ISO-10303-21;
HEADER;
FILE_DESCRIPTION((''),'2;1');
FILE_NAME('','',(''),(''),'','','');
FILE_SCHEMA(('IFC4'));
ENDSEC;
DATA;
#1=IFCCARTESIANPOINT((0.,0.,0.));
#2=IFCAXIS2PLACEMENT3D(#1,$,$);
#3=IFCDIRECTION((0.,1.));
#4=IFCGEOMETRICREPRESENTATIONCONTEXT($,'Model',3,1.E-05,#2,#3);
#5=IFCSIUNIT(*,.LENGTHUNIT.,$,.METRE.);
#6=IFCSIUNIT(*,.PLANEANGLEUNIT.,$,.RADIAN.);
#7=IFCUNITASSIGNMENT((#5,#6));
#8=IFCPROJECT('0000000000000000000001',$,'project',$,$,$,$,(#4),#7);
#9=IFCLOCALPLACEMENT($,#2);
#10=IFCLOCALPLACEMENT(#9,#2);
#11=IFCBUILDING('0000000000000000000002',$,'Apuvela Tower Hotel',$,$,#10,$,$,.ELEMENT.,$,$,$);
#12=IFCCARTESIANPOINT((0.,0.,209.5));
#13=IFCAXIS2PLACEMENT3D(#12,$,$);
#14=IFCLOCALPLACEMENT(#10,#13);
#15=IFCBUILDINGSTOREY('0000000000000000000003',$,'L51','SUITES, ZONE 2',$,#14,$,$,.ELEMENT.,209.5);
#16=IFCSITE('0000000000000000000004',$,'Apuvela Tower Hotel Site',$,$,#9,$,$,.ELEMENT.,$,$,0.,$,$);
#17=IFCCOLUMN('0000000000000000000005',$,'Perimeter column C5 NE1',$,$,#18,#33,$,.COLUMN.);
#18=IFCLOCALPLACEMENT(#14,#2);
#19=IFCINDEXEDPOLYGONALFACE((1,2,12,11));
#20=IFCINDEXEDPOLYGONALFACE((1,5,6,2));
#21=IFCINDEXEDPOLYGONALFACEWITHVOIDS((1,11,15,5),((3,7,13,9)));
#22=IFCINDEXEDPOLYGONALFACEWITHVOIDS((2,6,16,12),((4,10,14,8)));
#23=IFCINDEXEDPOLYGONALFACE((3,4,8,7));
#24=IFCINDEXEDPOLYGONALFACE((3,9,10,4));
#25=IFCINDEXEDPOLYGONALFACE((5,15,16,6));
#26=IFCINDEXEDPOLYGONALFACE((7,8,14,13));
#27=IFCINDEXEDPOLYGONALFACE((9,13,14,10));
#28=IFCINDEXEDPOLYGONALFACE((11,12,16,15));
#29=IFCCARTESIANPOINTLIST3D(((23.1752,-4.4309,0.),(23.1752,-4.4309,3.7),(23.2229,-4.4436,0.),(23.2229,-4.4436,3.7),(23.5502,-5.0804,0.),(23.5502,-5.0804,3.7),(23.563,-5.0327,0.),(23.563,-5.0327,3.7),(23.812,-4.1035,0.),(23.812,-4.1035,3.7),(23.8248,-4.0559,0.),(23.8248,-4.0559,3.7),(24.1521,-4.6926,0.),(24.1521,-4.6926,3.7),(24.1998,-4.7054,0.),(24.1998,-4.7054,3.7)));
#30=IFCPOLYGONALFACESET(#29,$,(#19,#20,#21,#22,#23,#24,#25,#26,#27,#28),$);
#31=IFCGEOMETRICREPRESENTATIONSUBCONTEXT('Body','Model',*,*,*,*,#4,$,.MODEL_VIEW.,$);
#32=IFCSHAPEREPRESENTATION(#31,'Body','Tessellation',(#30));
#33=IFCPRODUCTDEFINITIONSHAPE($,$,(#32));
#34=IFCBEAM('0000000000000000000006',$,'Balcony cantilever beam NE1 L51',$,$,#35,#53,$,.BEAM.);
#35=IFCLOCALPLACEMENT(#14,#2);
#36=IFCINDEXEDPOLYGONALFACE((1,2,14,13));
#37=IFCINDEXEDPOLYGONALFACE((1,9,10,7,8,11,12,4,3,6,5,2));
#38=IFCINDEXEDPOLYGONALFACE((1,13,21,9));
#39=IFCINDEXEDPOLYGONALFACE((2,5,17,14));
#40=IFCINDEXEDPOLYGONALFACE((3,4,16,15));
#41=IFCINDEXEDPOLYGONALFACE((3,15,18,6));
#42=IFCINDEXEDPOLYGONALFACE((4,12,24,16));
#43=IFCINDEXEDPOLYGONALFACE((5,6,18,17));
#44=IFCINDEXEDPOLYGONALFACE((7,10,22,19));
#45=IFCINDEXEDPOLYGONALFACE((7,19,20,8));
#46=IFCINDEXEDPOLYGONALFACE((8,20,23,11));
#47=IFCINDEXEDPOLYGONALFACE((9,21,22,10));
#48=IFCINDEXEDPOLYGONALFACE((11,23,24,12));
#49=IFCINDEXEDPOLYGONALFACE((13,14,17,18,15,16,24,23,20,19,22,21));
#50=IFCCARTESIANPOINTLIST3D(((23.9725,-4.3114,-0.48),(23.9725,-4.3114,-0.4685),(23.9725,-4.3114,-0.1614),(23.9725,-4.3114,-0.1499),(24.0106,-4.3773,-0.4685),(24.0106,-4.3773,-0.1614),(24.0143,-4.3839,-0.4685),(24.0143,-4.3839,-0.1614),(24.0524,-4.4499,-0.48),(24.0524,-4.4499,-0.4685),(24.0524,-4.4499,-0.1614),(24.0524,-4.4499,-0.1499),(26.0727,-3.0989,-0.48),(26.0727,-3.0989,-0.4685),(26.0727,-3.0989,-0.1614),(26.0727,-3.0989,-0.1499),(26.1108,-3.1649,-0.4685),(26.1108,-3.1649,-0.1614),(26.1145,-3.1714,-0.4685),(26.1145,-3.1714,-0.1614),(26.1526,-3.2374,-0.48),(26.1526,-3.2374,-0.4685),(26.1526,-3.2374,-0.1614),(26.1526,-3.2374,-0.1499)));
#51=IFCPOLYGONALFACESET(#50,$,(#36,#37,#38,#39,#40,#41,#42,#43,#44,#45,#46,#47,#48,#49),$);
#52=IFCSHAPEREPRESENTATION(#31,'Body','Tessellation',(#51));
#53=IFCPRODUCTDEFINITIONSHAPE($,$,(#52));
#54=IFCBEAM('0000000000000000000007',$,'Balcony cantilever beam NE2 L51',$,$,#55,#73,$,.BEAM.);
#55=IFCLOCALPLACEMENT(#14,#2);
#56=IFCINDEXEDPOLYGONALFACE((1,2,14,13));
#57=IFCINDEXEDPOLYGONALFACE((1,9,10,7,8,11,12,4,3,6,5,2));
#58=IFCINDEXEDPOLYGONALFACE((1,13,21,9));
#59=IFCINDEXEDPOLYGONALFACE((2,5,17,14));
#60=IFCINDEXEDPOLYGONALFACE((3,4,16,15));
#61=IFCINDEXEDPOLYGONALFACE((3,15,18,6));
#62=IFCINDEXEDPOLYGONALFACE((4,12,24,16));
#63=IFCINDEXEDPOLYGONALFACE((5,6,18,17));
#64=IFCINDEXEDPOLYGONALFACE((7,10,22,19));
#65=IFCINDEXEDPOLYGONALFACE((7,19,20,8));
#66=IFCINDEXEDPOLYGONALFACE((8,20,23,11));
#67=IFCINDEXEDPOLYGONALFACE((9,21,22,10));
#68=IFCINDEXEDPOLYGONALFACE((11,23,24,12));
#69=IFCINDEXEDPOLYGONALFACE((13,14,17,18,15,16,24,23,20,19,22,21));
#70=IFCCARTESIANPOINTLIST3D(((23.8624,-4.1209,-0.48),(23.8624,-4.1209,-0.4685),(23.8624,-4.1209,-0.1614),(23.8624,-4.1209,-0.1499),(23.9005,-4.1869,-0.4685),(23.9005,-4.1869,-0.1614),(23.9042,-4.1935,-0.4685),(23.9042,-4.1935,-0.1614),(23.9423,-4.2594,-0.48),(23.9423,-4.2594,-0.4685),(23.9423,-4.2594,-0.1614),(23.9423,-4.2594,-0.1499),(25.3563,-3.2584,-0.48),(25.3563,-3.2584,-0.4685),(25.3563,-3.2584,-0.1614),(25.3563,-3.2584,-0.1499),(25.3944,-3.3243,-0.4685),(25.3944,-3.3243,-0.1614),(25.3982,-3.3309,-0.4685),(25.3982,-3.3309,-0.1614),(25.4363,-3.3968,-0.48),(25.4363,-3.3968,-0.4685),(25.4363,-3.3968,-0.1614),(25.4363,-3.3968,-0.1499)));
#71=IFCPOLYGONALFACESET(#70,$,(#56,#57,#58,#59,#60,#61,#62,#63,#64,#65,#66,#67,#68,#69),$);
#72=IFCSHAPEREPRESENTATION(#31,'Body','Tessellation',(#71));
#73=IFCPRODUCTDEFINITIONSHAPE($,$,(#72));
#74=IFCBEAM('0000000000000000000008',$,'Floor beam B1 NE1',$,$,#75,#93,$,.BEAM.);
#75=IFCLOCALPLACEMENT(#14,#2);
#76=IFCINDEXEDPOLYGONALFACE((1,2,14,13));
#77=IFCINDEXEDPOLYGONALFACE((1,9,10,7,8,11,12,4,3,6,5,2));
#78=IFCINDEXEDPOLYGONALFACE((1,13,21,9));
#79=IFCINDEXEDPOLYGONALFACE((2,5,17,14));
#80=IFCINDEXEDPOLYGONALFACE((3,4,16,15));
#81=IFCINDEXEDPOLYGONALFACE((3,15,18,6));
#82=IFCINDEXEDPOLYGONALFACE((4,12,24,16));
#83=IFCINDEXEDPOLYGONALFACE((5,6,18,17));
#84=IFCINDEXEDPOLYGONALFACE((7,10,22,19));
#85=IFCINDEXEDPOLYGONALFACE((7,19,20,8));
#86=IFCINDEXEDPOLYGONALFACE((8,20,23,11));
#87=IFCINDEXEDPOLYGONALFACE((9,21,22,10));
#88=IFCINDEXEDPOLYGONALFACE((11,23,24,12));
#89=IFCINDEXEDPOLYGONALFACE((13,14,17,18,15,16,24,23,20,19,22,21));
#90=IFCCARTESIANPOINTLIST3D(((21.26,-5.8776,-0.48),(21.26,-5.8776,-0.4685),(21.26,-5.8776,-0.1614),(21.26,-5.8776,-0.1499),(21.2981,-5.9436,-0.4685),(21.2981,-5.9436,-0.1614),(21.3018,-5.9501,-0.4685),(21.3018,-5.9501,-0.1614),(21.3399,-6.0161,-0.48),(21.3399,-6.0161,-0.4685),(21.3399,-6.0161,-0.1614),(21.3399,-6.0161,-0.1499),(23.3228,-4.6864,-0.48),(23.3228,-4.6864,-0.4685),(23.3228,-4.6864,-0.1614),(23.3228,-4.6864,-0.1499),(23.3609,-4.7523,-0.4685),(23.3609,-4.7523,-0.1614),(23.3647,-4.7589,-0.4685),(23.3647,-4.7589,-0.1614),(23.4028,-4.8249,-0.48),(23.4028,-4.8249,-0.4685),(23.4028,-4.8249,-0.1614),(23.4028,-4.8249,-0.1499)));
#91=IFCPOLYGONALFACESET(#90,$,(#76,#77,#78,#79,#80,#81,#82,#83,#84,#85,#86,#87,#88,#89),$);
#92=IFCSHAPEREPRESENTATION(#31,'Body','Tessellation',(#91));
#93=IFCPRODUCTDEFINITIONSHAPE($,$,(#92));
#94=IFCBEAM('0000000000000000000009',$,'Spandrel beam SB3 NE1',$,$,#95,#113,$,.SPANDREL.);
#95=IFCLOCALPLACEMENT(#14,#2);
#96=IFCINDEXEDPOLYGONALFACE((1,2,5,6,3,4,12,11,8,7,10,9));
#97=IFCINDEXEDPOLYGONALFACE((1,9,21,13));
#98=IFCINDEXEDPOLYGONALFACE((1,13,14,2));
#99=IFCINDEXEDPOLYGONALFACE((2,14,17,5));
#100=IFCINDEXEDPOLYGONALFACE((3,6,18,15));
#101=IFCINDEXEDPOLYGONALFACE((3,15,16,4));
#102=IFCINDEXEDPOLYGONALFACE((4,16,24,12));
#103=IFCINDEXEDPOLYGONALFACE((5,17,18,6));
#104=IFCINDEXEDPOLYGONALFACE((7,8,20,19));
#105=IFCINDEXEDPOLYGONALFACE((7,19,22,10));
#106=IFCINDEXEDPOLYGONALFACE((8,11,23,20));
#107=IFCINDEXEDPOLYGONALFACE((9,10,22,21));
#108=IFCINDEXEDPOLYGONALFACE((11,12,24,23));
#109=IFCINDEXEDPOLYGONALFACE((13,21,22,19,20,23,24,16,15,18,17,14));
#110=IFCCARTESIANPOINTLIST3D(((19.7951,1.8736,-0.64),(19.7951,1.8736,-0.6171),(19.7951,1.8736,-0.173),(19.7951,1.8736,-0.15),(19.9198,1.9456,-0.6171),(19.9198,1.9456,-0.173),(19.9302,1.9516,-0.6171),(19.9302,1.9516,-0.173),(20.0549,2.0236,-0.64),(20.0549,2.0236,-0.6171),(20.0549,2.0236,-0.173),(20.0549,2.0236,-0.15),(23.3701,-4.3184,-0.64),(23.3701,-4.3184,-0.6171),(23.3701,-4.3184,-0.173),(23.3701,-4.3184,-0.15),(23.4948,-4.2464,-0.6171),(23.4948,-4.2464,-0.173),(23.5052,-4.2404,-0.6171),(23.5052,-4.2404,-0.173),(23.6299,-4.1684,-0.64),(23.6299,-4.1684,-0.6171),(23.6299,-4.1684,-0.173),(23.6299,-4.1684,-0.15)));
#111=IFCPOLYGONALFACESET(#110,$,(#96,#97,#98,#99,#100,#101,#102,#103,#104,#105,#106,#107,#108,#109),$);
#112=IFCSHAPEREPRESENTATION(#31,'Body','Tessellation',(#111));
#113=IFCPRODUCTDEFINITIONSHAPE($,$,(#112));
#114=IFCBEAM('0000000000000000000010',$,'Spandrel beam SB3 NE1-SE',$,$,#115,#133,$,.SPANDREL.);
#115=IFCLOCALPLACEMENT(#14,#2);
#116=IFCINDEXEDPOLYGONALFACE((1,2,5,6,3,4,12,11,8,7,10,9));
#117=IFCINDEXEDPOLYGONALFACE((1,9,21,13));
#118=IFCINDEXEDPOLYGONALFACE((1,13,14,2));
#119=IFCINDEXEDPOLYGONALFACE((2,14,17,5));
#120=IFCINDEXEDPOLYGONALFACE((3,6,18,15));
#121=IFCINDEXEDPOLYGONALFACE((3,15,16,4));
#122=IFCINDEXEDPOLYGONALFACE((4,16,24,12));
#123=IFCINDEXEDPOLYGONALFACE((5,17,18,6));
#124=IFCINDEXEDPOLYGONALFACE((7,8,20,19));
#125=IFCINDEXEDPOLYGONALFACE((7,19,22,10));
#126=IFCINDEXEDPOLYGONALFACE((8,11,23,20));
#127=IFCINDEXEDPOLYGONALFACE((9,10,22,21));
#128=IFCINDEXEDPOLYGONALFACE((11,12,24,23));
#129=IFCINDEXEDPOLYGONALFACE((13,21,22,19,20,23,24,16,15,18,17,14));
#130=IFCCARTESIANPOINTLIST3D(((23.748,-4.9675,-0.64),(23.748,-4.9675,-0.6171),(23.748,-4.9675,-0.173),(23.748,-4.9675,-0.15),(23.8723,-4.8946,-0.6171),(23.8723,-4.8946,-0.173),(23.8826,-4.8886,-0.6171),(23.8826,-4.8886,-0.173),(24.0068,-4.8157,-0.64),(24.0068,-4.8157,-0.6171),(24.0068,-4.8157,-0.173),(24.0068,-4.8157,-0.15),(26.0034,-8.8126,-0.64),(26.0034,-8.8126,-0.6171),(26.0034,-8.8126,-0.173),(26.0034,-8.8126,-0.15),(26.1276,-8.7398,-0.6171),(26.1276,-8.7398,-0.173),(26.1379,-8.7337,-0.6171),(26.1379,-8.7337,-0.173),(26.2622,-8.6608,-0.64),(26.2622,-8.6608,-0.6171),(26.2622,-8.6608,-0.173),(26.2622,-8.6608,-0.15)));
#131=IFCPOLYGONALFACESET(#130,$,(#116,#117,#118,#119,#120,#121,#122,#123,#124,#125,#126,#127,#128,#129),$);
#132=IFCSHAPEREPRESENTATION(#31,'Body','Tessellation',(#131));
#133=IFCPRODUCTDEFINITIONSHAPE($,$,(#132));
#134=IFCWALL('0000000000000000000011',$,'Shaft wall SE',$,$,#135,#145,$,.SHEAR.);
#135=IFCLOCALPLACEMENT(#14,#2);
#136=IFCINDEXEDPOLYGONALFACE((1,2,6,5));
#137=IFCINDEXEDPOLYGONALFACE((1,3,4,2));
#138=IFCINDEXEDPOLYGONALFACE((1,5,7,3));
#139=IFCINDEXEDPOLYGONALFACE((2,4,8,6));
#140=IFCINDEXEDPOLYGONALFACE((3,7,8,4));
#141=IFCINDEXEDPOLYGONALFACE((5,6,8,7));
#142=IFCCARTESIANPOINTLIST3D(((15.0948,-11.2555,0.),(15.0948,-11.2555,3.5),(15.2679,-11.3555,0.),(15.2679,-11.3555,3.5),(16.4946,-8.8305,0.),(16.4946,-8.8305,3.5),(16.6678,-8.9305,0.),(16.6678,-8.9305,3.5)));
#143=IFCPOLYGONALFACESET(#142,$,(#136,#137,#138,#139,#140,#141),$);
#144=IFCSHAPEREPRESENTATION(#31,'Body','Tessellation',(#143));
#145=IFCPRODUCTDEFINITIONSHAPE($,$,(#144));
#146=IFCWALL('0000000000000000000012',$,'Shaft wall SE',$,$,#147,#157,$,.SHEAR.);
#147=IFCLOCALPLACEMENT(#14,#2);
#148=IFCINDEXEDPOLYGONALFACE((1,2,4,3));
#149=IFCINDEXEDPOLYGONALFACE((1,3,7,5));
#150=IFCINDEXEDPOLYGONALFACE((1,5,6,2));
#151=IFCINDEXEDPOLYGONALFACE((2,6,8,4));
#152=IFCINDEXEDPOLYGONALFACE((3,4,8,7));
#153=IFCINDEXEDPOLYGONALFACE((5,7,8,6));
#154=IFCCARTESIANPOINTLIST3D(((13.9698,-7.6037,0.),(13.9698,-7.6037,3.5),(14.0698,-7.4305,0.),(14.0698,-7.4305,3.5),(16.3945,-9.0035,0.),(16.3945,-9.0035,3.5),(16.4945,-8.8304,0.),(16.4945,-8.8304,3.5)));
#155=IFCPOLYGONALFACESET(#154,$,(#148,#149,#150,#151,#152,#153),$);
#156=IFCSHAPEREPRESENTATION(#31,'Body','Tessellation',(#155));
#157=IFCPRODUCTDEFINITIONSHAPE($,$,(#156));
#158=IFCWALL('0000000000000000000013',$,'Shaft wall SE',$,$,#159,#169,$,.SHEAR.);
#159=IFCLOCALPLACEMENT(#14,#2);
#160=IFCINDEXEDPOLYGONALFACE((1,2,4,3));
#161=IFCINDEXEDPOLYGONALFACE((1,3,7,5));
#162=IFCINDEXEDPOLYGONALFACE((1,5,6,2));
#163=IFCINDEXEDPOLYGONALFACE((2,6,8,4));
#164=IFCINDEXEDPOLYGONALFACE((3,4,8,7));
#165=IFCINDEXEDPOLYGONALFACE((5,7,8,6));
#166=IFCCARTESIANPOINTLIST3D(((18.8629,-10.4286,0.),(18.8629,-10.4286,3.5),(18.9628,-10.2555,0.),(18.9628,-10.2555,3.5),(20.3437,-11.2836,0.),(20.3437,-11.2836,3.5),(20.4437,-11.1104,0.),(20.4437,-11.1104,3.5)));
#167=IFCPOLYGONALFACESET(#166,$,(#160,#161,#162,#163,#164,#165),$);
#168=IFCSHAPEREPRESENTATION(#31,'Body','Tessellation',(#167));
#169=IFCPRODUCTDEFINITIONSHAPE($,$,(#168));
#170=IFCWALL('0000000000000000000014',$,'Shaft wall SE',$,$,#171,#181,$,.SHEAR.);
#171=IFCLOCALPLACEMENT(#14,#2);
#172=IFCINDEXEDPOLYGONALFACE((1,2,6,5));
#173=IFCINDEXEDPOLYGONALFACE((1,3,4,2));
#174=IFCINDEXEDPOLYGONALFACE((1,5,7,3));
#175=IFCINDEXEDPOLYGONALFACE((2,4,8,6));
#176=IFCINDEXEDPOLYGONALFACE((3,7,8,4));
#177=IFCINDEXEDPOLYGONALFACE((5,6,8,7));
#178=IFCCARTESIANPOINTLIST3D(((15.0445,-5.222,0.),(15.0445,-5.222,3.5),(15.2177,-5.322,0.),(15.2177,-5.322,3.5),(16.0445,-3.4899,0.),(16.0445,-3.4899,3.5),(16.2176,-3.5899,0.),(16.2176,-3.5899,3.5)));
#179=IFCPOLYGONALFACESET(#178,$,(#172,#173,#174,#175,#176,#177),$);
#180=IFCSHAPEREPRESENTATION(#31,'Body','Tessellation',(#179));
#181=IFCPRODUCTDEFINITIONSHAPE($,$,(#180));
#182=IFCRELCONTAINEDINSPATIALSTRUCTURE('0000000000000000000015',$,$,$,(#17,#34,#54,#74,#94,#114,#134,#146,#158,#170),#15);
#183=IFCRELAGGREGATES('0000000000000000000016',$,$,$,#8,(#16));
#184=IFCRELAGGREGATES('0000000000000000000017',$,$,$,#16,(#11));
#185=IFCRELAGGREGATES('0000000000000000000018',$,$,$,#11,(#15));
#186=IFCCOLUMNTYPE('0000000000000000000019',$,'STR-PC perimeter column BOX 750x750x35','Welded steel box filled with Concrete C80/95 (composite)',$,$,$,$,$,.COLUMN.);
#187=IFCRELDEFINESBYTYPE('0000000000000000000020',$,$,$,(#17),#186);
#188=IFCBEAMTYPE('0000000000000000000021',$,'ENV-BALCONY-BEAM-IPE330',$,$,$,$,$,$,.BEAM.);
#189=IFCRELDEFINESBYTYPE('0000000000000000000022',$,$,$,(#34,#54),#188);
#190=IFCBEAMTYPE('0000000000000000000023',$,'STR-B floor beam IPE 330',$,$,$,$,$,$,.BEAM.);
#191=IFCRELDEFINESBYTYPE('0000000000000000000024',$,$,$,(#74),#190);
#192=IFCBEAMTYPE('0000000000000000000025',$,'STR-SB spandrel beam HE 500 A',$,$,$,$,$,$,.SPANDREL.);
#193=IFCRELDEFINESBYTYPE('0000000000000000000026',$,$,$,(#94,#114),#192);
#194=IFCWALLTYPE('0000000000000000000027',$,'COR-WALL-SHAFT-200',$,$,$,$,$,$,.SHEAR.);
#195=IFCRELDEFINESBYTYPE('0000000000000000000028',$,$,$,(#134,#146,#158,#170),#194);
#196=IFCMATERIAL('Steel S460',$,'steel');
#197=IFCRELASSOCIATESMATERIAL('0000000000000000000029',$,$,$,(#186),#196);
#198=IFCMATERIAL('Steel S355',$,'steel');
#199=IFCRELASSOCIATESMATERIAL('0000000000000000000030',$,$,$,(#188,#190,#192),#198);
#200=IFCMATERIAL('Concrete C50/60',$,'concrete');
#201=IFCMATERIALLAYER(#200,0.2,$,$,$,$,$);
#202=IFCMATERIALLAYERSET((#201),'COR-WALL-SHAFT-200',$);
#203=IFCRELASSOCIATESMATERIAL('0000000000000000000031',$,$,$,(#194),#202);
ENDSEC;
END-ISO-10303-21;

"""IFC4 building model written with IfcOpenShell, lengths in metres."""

from ifc_helpers import new_model, si_unit, direction, frame, frame_2d, origin, origin_2d, place, context, subcontext, project, spatial, rectangle, hollow_rectangle, i_section, extrude, material, layer, layer_set, material_profile, profile_set, type_object, element, save


model = new_model("IFC4")

# Units and contexts
model_context = context("Model", 3, precision=1e-05, world=origin(), true_north=direction((0.0, 1.0)))
body_context = subcontext(model_context, "Body", "Model", "MODEL_VIEW")
ifc_project = project(units=[si_unit("LENGTHUNIT", "METRE"), si_unit("PLANEANGLEUNIT", "RADIAN")], contexts=[model_context])

# Site, building, storey
site_placement = place(None, origin())
site = spatial("IfcSite", under=ifc_project, at=site_placement, Name="Apuvela Tower Hotel Site", CompositionType="ELEMENT", RefElevation=0.0)
building_placement = place(site_placement, origin())
building = spatial("IfcBuilding", under=site, at=building_placement, Name="Apuvela Tower Hotel", CompositionType="ELEMENT")
storey_placement = place(building_placement, frame((0.0, 0.0, 209.5)))
storey = spatial("IfcBuildingStorey", under=building, at=storey_placement, Name="L51", Description="SUITES, ZONE 2", CompositionType="ELEMENT", Elevation=209.5)

# Column
ifc_material_1 = material(Name="Steel S460", Category="steel")
ifc_material_profile_1 = material_profile(ifc_material_1, hollow_rectangle(XDim=0.75, YDim=0.75, WallThickness=0.0349, at=origin_2d()), Name="BOX 750x750x35")
ifc_material_2 = material(Name="Concrete C80/95", Category="concrete")
ifc_material_profile_2 = material_profile(ifc_material_2, rectangle(XDim=0.6799, YDim=0.6799, at=origin_2d()), Name="Concrete C80/95 infill")
ifc_profile_set_1 = profile_set([ifc_material_profile_1, ifc_material_profile_2], Name="Steel S460")
column_type = type_object("IfcColumnType", Name="STR-PC perimeter column BOX 750x750x35", Description="Welded steel box filled with Concrete C80/95 (composite)", PredefinedType="COLUMN", material=ifc_profile_set_1)
column_placement = place(storey_placement, frame((23.6875, -4.5681, 0.0), z_axis=(0.0, 0.0, 1.0), x_axis=(-0.5, 0.866025, 0.0)))
element("IfcColumn", 1, at=column_placement, inside=storey, type_object=column_type, Name="Perimeter column C5 NE1", PredefinedType="COLUMN", context=body_context, shape_type="SweptSolid", body=[
    extrude(hollow_rectangle(XDim=0.75, YDim=0.75, WallThickness=0.0349, at=origin_2d()), origin(), (0.0, 0.0, 1.0), 3.7),
])

# Beams
ifc_material_3 = material(Name="Steel S355", Category="steel")
ifc_material_profile_3 = material_profile(ifc_material_3, i_section(OverallWidth=0.1599, OverallDepth=0.3301, WebThickness=0.0076, FlangeThickness=0.0115, at=origin_2d()), Name="IPE 330")
ifc_profile_set_2 = profile_set([ifc_material_profile_3], Name="Steel S355")
beam_type_1 = type_object("IfcBeamType", Name="ENV-BALCONY-BEAM-IPE330", PredefinedType="BEAM", material=ifc_profile_set_2)
beam_1_placement = place(storey_placement, frame((24.0125, -4.3806, -0.3149), z_axis=(0.866041, 0.499972, 0.0), x_axis=(-0.499972, 0.866041, 0.0)))
element("IfcBeam", 2, at=beam_1_placement, inside=storey, type_object=beam_type_1, Name="Balcony cantilever beam NE1 L51", PredefinedType="BEAM", context=body_context, shape_type="SweptSolid", body=[
    extrude(i_section(OverallWidth=0.1599, OverallDepth=0.3301, WebThickness=0.0076, FlangeThickness=0.0115, at=origin_2d()), origin(), (0.0, 0.0, 1.0), 2.425),
])
beam_2_placement = place(storey_placement, frame((23.9023, -4.1902, -0.3149), z_axis=(0.866014, 0.500021, 0.0), x_axis=(-0.500021, 0.866014, 0.0)))
element("IfcBeam", 3, at=beam_2_placement, inside=storey, type_object=beam_type_1, Name="Balcony cantilever beam NE2 L51", PredefinedType="BEAM", context=body_context, shape_type="SweptSolid", body=[
    extrude(i_section(OverallWidth=0.1599, OverallDepth=0.3301, WebThickness=0.0076, FlangeThickness=0.0115, at=origin_2d()), origin(), (0.0, 0.0, 1.0), 1.7251),
])
ifc_material_profile_4 = material_profile(ifc_material_3, i_section(OverallWidth=0.1599, OverallDepth=0.3301, WebThickness=0.0076, FlangeThickness=0.0115, at=origin_2d()), Name="IPE 330")
ifc_profile_set_3 = profile_set([ifc_material_profile_4], Name="Steel S355")
beam_type_2 = type_object("IfcBeamType", Name="STR-B floor beam IPE 330", PredefinedType="BEAM", material=ifc_profile_set_3)
beam_3_placement = place(storey_placement, frame((23.3628, -4.7556, -0.3149), z_axis=(-0.865982, -0.500074, 0.0), x_axis=(0.500074, -0.865982, 0.0)))
element("IfcBeam", 4, at=beam_3_placement, inside=storey, type_object=beam_type_2, Name="Floor beam B1 NE1", PredefinedType="BEAM", context=body_context, shape_type="SweptSolid", body=[
    extrude(i_section(OverallWidth=0.1599, OverallDepth=0.3301, WebThickness=0.0076, FlangeThickness=0.0115, at=origin_2d()), origin(), (0.0, 0.0, 1.0), 2.3821),
])
ifc_material_profile_5 = material_profile(ifc_material_3, i_section(OverallWidth=0.3, OverallDepth=0.49, WebThickness=0.012, FlangeThickness=0.0229, at=origin_2d()), Name="HE 500 A")
ifc_profile_set_4 = profile_set([ifc_material_profile_5], Name="Steel S355")
beam_type_3 = type_object("IfcBeamType", Name="STR-SB spandrel beam HE 500 A", PredefinedType="SPANDREL", material=ifc_profile_set_4)
beam_4_placement = place(storey_placement, frame((23.5, -4.2434, -0.395), z_axis=(-0.500006, 0.866022, 0.0), x_axis=(-0.866022, -0.500006, 0.0)))
element("IfcBeam", 5, at=beam_4_placement, inside=storey, type_object=beam_type_3, Name="Spandrel beam SB3 NE1", PredefinedType="SPANDREL", context=body_context, shape_type="SweptSolid", body=[
    extrude(i_section(OverallWidth=0.3, OverallDepth=0.49, WebThickness=0.012, FlangeThickness=0.0229, at=origin_2d()), origin(), (0.0, 0.0, 1.0), 7.1499),
])
beam_5_placement = place(storey_placement, frame((23.8774, -4.8916, -0.395), z_axis=(0.505933, -0.862573, 0.0), x_axis=(0.862573, 0.505933, 0.0)))
element("IfcBeam", 6, at=beam_5_placement, inside=storey, type_object=beam_type_3, Name="Spandrel beam SB3 NE1-SE", PredefinedType="SPANDREL", context=body_context, shape_type="SweptSolid", body=[
    extrude(i_section(OverallWidth=0.3, OverallDepth=0.49, WebThickness=0.012, FlangeThickness=0.0229, at=origin_2d()), origin(), (0.0, 0.0, 1.0), 4.4578),
])

# Walls
ifc_material_4 = material(Name="Concrete C50/60", Category="concrete")
ifc_layer_1 = layer(ifc_material_4, 0.2)
ifc_layer_set_1 = layer_set([ifc_layer_1], Name="COR-WALL-SHAFT-200")
wall_type_1 = type_object("IfcWallType", Name="COR-WALL-SHAFT-200", PredefinedType="SHEAR", material=ifc_layer_set_1)
wall_1_placement = place(storey_placement, frame((15.1814, -11.3054, 0.0), z_axis=(0.0, 0.0, 1.0), x_axis=(0.499946, 0.866056, 0.0)))
element("IfcWall", 7, at=wall_1_placement, inside=storey, type_object=wall_type_1, Name="Shaft wall SE", PredefinedType="SHEAR", context=body_context, shape_type="SweptSolid", body=[
    extrude(rectangle(XDim=2.8, YDim=0.2, at=frame_2d((1.3999, 0.0))), origin(), (0.0, 0.0, 1.0), 3.5),
])
wall_2_placement = place(storey_placement, frame((14.0198, -7.5171, 0.0), z_axis=(0.0, 0.0, 1.0), x_axis=(0.866035, -0.499984, 0.0)))
element("IfcWall", 8, at=wall_2_placement, inside=storey, type_object=wall_type_1, Name="Shaft wall SE", PredefinedType="SHEAR", context=body_context, shape_type="SweptSolid", body=[
    extrude(rectangle(XDim=2.7998, YDim=0.2, at=frame_2d((1.3999, 0.0))), origin(), (0.0, 0.0, 1.0), 3.5),
])
wall_3_placement = place(storey_placement, frame((18.9128, -10.342, 0.0), z_axis=(0.0, 0.0, 1.0), x_axis=(0.866038, -0.499978, 0.0)))
element("IfcWall", 9, at=wall_3_placement, inside=storey, type_object=wall_type_1, Name="Shaft wall SE", PredefinedType="SHEAR", context=body_context, shape_type="SweptSolid", body=[
    extrude(rectangle(XDim=1.71, YDim=0.2, at=frame_2d((0.855, 0.0))), origin(), (0.0, 0.0, 1.0), 3.5),
])
for number, where, z_axis, x_axis, name in (
    (10, (15.1311, -5.272, 0.0), (0.0, 0.0, 1.0), (0.499973, 0.866041, 0.0), "Shaft wall SE"),
):
    element("IfcWall", number, at=place(storey_placement, frame(where, z_axis=z_axis, x_axis=x_axis)), inside=storey, type_object=wall_type_1, Name=name, PredefinedType="SHEAR", context=body_context, shape_type="SweptSolid", body=[
        extrude(rectangle(XDim=2.0, YDim=0.2, at=frame_2d((1.0, 0.0))), origin(), (0.0, 0.0, 1.0), 3.5),
    ])

save(model, "model.ifc")
